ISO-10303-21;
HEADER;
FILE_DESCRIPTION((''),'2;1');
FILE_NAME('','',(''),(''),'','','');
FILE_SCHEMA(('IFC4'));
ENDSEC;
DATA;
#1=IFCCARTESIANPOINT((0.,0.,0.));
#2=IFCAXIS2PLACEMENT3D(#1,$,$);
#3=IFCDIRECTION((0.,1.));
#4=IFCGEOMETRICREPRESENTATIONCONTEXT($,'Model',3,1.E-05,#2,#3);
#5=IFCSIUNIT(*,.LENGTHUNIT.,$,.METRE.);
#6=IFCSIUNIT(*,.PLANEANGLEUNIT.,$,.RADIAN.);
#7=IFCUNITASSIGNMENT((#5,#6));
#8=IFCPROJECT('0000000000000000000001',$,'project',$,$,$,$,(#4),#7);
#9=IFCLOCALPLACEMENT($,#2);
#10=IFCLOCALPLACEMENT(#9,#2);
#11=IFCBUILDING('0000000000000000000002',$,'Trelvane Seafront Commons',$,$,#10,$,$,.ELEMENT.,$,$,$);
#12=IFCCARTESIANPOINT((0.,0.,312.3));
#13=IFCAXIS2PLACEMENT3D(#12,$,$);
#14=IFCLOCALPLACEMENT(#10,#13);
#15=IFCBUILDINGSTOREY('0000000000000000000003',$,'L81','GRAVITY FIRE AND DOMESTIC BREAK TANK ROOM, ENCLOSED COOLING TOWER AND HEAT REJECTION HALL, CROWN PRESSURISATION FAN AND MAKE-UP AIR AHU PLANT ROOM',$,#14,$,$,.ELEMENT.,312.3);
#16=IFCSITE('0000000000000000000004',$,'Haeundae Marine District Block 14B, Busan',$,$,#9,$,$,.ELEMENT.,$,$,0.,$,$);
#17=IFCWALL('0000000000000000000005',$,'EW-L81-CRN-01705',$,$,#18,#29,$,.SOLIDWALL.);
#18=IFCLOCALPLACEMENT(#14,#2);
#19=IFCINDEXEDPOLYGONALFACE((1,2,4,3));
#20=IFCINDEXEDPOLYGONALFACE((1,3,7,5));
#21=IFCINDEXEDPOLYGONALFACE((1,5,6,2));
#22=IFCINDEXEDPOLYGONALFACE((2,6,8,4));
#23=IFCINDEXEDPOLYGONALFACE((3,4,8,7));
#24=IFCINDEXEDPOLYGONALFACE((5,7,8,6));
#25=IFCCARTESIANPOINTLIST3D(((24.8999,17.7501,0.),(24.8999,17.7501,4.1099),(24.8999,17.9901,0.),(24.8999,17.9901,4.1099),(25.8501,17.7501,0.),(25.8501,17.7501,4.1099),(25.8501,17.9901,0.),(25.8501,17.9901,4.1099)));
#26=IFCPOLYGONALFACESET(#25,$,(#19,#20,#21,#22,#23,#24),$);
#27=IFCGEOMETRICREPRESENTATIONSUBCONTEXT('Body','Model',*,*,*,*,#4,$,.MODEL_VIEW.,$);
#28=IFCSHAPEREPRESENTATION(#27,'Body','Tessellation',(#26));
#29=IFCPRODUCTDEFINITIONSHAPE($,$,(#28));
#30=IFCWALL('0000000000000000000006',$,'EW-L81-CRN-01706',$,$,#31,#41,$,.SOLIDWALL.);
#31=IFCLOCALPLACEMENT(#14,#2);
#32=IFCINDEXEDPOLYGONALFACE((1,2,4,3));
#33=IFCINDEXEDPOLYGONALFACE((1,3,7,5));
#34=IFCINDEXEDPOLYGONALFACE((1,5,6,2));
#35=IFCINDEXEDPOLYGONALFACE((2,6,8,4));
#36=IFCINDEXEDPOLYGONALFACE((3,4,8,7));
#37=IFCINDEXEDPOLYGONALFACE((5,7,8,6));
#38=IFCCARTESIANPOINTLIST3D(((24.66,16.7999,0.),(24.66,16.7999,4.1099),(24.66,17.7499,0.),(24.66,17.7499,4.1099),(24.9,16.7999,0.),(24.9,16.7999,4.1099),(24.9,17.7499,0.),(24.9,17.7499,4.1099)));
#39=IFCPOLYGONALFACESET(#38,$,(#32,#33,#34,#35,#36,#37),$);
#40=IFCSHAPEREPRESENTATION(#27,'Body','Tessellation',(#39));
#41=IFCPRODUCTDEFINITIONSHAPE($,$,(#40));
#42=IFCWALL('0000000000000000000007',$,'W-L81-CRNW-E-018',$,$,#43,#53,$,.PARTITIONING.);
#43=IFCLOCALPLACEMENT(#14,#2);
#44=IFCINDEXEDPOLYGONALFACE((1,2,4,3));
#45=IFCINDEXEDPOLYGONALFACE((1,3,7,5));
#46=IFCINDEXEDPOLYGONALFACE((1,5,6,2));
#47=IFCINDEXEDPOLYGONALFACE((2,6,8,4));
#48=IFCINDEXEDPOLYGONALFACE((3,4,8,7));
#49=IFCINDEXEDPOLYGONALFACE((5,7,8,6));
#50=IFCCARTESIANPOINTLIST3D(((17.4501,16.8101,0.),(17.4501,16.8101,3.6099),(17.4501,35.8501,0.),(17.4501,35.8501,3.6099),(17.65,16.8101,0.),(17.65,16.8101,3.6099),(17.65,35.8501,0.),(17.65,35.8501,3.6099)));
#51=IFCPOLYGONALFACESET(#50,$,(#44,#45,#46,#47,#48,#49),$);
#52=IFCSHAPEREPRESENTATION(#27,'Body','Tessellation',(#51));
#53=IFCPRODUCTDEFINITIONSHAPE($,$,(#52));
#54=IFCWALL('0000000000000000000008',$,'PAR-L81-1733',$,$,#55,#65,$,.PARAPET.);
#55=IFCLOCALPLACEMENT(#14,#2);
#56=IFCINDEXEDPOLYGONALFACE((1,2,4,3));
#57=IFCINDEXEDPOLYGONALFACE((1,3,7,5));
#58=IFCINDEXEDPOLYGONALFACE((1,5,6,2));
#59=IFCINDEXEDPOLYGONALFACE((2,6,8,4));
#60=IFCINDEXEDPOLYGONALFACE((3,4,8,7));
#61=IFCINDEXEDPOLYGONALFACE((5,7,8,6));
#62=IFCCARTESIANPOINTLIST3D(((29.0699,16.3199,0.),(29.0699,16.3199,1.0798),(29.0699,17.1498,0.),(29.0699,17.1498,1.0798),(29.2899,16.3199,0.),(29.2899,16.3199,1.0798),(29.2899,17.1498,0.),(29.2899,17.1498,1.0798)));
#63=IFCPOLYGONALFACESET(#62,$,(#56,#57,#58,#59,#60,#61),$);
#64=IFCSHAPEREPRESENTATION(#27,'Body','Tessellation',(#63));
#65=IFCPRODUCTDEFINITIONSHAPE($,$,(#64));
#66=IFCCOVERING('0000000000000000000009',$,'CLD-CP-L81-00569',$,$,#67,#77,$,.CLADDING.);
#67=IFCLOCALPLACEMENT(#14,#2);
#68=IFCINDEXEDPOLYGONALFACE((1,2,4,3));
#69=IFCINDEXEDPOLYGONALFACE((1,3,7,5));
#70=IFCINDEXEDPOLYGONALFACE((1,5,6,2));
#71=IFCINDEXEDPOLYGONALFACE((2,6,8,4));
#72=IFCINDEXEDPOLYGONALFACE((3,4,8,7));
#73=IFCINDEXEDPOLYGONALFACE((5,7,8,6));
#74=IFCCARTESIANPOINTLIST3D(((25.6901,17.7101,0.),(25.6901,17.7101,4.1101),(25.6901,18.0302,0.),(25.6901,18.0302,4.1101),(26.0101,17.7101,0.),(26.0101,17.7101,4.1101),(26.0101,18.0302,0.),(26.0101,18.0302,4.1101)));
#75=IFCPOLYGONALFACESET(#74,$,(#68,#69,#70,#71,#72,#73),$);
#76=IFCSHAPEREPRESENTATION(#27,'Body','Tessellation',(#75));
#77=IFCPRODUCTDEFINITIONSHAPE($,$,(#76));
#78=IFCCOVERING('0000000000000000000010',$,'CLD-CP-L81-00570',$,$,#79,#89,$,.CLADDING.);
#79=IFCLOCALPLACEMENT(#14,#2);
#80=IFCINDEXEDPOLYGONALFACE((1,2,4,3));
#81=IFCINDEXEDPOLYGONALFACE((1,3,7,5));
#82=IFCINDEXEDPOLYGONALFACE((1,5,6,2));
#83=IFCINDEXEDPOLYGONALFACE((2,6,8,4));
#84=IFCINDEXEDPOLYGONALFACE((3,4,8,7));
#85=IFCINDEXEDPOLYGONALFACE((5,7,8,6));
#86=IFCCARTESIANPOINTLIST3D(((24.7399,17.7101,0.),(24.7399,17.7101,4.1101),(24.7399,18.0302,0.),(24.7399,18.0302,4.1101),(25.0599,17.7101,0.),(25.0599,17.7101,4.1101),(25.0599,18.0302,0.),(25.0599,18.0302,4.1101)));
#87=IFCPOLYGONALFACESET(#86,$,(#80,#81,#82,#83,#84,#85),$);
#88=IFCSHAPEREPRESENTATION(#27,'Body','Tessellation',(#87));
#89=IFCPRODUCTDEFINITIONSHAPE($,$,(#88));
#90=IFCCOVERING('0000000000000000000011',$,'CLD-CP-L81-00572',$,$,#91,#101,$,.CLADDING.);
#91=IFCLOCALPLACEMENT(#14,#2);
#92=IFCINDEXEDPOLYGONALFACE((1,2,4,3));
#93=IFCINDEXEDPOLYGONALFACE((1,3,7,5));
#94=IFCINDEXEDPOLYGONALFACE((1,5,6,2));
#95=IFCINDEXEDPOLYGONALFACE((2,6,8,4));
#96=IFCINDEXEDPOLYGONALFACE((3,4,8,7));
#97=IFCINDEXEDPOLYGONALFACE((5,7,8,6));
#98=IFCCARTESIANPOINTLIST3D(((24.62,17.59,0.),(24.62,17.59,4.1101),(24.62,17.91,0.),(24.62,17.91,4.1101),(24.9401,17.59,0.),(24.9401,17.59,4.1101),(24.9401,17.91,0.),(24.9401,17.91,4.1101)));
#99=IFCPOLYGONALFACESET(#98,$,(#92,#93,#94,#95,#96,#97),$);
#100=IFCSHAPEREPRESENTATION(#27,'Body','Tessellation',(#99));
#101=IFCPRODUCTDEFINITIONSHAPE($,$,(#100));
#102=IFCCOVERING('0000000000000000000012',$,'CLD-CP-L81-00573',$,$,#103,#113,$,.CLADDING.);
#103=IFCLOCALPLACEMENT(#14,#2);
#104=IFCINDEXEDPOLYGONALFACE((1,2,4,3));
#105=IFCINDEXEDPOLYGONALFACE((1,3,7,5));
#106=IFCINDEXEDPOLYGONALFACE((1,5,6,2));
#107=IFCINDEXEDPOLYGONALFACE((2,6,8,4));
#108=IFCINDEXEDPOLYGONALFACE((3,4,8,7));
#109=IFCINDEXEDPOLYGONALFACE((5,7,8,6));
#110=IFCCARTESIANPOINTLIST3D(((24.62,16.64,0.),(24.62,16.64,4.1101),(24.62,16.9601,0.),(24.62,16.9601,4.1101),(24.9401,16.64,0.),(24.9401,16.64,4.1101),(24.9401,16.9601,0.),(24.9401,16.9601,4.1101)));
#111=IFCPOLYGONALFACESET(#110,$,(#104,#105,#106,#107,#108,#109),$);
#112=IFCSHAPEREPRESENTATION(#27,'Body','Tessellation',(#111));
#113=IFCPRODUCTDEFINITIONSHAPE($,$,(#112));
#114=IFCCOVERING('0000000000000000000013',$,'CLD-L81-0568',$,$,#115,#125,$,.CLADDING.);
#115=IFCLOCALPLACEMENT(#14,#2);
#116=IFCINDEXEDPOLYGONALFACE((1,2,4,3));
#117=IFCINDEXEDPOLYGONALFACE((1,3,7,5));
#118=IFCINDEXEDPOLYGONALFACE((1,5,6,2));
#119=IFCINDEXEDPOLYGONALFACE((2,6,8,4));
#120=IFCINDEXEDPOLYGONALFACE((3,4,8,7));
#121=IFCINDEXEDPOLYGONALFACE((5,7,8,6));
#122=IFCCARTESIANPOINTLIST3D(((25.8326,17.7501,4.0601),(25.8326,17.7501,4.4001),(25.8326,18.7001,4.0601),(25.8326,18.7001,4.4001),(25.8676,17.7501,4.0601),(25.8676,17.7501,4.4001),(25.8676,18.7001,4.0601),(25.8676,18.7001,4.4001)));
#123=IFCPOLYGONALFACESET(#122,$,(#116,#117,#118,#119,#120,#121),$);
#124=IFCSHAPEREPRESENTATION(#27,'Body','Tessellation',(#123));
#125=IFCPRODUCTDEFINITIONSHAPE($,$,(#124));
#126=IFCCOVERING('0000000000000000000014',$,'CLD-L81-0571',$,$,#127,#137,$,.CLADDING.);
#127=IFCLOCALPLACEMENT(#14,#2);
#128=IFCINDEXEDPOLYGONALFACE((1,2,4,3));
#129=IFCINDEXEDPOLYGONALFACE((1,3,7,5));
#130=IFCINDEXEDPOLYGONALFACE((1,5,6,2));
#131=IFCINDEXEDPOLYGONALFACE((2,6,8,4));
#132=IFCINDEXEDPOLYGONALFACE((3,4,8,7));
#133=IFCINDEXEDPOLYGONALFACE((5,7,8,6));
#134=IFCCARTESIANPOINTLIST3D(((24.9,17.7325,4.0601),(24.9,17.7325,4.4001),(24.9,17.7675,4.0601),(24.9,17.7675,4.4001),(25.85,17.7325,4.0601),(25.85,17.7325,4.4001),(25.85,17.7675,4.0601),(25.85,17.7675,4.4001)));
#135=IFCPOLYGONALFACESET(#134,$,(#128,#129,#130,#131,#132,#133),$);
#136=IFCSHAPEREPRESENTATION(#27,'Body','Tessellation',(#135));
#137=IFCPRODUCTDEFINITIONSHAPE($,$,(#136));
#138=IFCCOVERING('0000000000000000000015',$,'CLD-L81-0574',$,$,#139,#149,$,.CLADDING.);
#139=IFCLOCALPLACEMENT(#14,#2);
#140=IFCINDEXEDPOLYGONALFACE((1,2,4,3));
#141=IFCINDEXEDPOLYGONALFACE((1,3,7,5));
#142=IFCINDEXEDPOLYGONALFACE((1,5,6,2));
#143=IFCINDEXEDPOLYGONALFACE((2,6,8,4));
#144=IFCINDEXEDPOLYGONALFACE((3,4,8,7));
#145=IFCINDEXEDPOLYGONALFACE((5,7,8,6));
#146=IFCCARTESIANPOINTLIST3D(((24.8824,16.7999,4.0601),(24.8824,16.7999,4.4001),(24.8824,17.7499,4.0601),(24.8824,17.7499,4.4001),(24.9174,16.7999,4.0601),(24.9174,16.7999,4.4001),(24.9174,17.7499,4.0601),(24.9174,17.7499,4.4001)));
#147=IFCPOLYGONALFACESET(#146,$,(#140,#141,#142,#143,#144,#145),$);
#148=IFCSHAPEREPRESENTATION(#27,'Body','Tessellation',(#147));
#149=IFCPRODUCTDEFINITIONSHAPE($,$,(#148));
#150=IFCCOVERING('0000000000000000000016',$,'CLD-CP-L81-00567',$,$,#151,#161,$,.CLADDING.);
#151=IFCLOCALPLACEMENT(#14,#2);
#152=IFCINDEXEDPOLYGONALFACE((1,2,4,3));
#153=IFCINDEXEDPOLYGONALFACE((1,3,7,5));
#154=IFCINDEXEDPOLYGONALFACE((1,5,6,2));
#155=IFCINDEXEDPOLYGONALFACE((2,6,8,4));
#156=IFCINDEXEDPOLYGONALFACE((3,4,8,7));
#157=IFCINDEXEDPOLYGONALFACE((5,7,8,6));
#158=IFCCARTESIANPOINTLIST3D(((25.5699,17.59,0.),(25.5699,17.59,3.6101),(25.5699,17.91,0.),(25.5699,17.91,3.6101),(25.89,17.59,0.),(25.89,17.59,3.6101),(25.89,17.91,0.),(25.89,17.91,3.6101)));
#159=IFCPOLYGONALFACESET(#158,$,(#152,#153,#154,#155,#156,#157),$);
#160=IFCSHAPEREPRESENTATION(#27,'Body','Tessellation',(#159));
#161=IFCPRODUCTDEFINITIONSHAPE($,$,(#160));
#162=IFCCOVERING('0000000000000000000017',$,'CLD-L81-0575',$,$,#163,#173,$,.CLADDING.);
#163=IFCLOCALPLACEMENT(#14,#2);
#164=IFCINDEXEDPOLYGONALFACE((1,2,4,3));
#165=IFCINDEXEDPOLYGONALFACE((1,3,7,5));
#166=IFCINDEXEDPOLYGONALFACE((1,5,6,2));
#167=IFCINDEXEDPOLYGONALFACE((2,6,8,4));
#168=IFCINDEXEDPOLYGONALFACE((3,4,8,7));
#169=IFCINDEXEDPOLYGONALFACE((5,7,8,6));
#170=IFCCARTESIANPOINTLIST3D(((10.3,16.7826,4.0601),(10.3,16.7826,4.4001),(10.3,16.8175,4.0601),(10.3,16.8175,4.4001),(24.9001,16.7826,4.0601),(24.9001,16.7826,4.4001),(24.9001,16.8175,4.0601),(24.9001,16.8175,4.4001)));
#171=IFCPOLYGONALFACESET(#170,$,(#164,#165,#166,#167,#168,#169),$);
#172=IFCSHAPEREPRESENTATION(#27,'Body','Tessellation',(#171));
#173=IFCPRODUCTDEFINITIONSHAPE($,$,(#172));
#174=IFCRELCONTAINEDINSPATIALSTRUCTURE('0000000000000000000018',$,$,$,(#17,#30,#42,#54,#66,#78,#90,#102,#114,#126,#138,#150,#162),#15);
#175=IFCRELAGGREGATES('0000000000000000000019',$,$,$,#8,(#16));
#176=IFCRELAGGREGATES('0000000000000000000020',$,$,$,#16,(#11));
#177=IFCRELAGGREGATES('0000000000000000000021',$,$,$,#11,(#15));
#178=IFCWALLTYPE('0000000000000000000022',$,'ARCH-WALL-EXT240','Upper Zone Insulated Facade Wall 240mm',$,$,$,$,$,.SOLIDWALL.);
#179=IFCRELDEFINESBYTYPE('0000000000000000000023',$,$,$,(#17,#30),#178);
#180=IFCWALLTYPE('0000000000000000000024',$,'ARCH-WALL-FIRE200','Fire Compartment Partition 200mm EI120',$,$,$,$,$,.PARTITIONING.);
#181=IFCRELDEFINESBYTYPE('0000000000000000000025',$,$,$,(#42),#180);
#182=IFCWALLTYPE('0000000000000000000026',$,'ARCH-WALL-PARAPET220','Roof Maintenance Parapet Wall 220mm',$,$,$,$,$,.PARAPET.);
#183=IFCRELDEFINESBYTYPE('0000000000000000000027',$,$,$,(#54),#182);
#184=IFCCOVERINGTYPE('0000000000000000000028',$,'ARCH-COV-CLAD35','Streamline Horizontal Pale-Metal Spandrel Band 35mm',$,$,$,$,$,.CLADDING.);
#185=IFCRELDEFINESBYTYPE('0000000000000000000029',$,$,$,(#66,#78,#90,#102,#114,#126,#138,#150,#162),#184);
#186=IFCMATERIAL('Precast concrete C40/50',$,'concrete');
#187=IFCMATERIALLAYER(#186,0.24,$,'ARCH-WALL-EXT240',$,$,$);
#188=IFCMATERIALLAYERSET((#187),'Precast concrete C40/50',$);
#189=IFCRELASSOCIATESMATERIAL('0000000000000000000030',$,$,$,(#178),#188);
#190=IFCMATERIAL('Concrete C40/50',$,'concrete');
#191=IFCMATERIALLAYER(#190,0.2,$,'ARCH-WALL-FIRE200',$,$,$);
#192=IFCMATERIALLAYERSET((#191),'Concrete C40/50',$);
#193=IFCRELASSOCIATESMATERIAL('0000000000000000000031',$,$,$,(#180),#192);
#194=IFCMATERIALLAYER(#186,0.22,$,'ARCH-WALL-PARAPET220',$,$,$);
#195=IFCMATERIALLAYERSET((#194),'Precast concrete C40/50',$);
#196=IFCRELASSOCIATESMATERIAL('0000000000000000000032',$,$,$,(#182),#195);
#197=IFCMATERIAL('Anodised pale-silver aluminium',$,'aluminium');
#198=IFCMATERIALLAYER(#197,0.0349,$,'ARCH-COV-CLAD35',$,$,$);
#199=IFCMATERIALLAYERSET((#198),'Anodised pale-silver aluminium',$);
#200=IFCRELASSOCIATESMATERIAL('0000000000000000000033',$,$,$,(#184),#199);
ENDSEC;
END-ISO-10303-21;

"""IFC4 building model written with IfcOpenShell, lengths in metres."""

from ifc_helpers import new_model, si_unit, direction, frame, frame_2d, origin, origin_2d, place, context, subcontext, project, spatial, rectangle, extrude, source, transform, mapped, material, layer, layer_set, type_object, element, save


model = new_model("IFC4")

# Units and contexts
model_context = context("Model", 3, precision=1e-05, world=origin(), true_north=direction((0.0, 1.0)))
body_context = subcontext(model_context, "Body", "Model", "MODEL_VIEW")
ifc_project = project(units=[si_unit("LENGTHUNIT", "METRE"), si_unit("PLANEANGLEUNIT", "RADIAN")], contexts=[model_context])

# Site, building, storey
site_placement = place(None, origin())
site = spatial("IfcSite", under=ifc_project, at=site_placement, Name="Haeundae Marine District Block 14B, Busan", CompositionType="ELEMENT", RefElevation=0.0)
building_placement = place(site_placement, origin())
building = spatial("IfcBuilding", under=site, at=building_placement, Name="Trelvane Seafront Commons", CompositionType="ELEMENT")
storey_placement = place(building_placement, frame((0.0, 0.0, 312.3)))
storey = spatial("IfcBuildingStorey", under=building, at=storey_placement, Name="L81", Description="GRAVITY FIRE AND DOMESTIC BREAK TANK ROOM, ENCLOSED COOLING TOWER AND HEAT REJECTION HALL, CROWN PRESSURISATION FAN AND MAKE-UP AIR AHU PLANT ROOM", CompositionType="ELEMENT", Elevation=312.3)

# Shared definitions
ifc_material_1 = material(Name="Anodised pale-silver aluminium", Category="aluminium")

# Walls
ifc_material_2 = material(Name="Precast concrete C40/50", Category="concrete")
ifc_layer_1 = layer(ifc_material_2, 0.24, Name="ARCH-WALL-EXT240")
ifc_layer_set_1 = layer_set([ifc_layer_1], Name="Precast concrete C40/50")
wall_type_1 = type_object("IfcWallType", Name="ARCH-WALL-EXT240", Description="Upper Zone Insulated Facade Wall 240mm", PredefinedType="SOLIDWALL", material=ifc_layer_set_1)
wall_1_placement = place(storey_placement, frame((25.8501, 17.8701, 0.0), z_axis=(0.0, 0.0, 1.0), x_axis=(-1.0, 0.0, 0.0)))
element("IfcWall", 1, at=wall_1_placement, inside=storey, type_object=wall_type_1, Name="EW-L81-CRN-01705", PredefinedType="SOLIDWALL", context=body_context, shape_type="SweptSolid", body=[
    extrude(rectangle(XDim=0.9502, YDim=0.24, at=frame_2d((0.4751, 0.0))), origin(), (0.0, 0.0, 1.0), 4.1099),
])
wall_2_placement = place(storey_placement, frame((24.78, 17.75, 0.0), z_axis=(0.0, 0.0, 1.0), x_axis=(0.0, -1.0, 0.0)))
element("IfcWall", 2, at=wall_2_placement, inside=storey, type_object=wall_type_1, Name="EW-L81-CRN-01706", PredefinedType="SOLIDWALL", context=body_context, shape_type="SweptSolid", body=[
    extrude(rectangle(XDim=0.95, YDim=0.24, at=frame_2d((0.4751, 0.0))), origin(), (0.0, 0.0, 1.0), 4.1099),
])
ifc_material_3 = material(Name="Concrete C40/50", Category="concrete")
ifc_layer_2 = layer(ifc_material_3, 0.2, Name="ARCH-WALL-FIRE200")
ifc_layer_set_2 = layer_set([ifc_layer_2], Name="Concrete C40/50")
wall_type_2 = type_object("IfcWallType", Name="ARCH-WALL-FIRE200", Description="Fire Compartment Partition 200mm EI120", PredefinedType="PARTITIONING", material=ifc_layer_set_2)
wall_3_placement = place(storey_placement, frame((17.55, 16.8101, 0.0), z_axis=(0.0, 0.0, 1.0), x_axis=(0.0, 1.0, 0.0)))
element("IfcWall", 3, at=wall_3_placement, inside=storey, type_object=wall_type_2, Name="W-L81-CRNW-E-018", PredefinedType="PARTITIONING", context=body_context, shape_type="SweptSolid", body=[
    extrude(rectangle(XDim=19.04, YDim=0.2, at=frame_2d((9.52, 0.0))), origin(), (0.0, 0.0, 1.0), 3.6099),
])
ifc_layer_3 = layer(ifc_material_2, 0.22, Name="ARCH-WALL-PARAPET220")
ifc_layer_set_3 = layer_set([ifc_layer_3], Name="Precast concrete C40/50")
wall_type_3 = type_object("IfcWallType", Name="ARCH-WALL-PARAPET220", Description="Roof Maintenance Parapet Wall 220mm", PredefinedType="PARAPET", material=ifc_layer_set_3)
wall_4_placement = place(storey_placement, frame((29.1799, 17.1499, 0.0), z_axis=(0.0, 0.0, 1.0), x_axis=(0.0, -1.0, 0.0)))
element("IfcWall", 4, at=wall_4_placement, inside=storey, type_object=wall_type_3, Name="PAR-L81-1733", PredefinedType="PARAPET", context=body_context, shape_type="SweptSolid", body=[
    extrude(rectangle(XDim=0.8298, YDim=0.22, at=frame_2d((0.415, 0.0))), origin(), (0.0, 0.0, 1.0), 1.0798),
])

# Coverings
ifc_layer_4 = layer(ifc_material_1, 0.0349, Name="ARCH-COV-CLAD35")
ifc_layer_set_4 = layer_set([ifc_layer_4], Name="Anodised pale-silver aluminium")
covering_type = type_object("IfcCoveringType", Name="ARCH-COV-CLAD35", Description="Streamline Horizontal Pale-Metal Spandrel Band 35mm", PredefinedType="CLADDING", material=ifc_layer_set_4)
shared_shape_1 = source(origin(), body_context, "Body", "SweptSolid", [
    extrude(rectangle(XDim=0.3201, YDim=0.3201, at=origin_2d()), origin(), (0.0, 0.0, 1.0), 4.1101),
])
for number, where, z_axis, x_axis, name in (
    (5, (25.8501, 17.8701, 0.0), (0.0, 0.0, 1.0), (1.0, 0.0, 0.0), "CLD-CP-L81-00569"),
    (6, (24.8999, 17.8701, 0.0), (0.0, 0.0, 1.0), (1.0, 0.0, 0.0), "CLD-CP-L81-00570"),
    (7, (24.78, 17.75, 0.0), (0.0, 0.0, 1.0), (1.0, 0.0, 0.0), "CLD-CP-L81-00572"),
    (8, (24.78, 16.8, 0.0), (0.0, 0.0, 1.0), (1.0, 0.0, 0.0), "CLD-CP-L81-00573"),
):
    element("IfcCovering", number, at=place(storey_placement, frame(where, z_axis=z_axis, x_axis=x_axis)), inside=storey, type_object=covering_type, Name=name, PredefinedType="CLADDING", context=body_context, shape_type="MappedRepresentation", body=[
        mapped(shared_shape_1, transform((0.0, 0.0, 0.0), x_axis=(1.0, 0.0, 0.0), y_axis=(0.0, 1.0, 0.0), z_axis=(0.0, 0.0, 1.0), scale=1.0)),
    ])
shared_shape_2 = source(origin(), body_context, "Body", "SweptSolid", [
    extrude(rectangle(XDim=0.95, YDim=0.0349, at=origin_2d()), origin(), (0.0, 0.0, 1.0), 0.3401),
])
for number, where, z_axis, x_axis, name in (
    (9, (25.8501, 18.2251, 4.0601), (0.0, 0.0, 1.0), (0.0, -1.0, 0.0), "CLD-L81-0568"),
    (10, (25.375, 17.75, 4.0601), (0.0, 0.0, 1.0), (-1.0, 0.0, 0.0), "CLD-L81-0571"),
    (11, (24.8999, 17.2749, 4.0601), (0.0, 0.0, 1.0), (0.0, -1.0, 0.0), "CLD-L81-0574"),
):
    element("IfcCovering", number, at=place(storey_placement, frame(where, z_axis=z_axis, x_axis=x_axis)), inside=storey, type_object=covering_type, Name=name, PredefinedType="CLADDING", context=body_context, shape_type="MappedRepresentation", body=[
        mapped(shared_shape_2, transform((0.0, 0.0, 0.0), x_axis=(1.0, 0.0, 0.0), y_axis=(0.0, 1.0, 0.0), z_axis=(0.0, 0.0, 1.0), scale=1.0)),
    ])
shared_shape_3 = source(origin(), body_context, "Body", "SweptSolid", [
    extrude(rectangle(XDim=0.3201, YDim=0.3201, at=origin_2d()), origin(), (0.0, 0.0, 1.0), 3.6101),
])
covering_1_placement = place(storey_placement, frame((25.73, 17.75, 0.0), z_axis=(0.0, 0.0, 1.0), x_axis=(1.0, 0.0, 0.0)))
element("IfcCovering", 12, at=covering_1_placement, inside=storey, type_object=covering_type, Name="CLD-CP-L81-00567", PredefinedType="CLADDING", context=body_context, shape_type="MappedRepresentation", body=[
    mapped(shared_shape_3, transform((0.0, 0.0, 0.0), x_axis=(1.0, 0.0, 0.0), y_axis=(0.0, 1.0, 0.0), z_axis=(0.0, 0.0, 1.0), scale=1.0)),
])
shared_shape_4 = source(origin(), body_context, "Body", "SweptSolid", [
    extrude(rectangle(XDim=14.6001, YDim=0.0349, at=origin_2d()), origin(), (0.0, 0.0, 1.0), 0.3401),
])
covering_2_placement = place(storey_placement, frame((17.6001, 16.8, 4.0601), z_axis=(0.0, 0.0, 1.0), x_axis=(-1.0, 0.0, 0.0)))
element("IfcCovering", 13, at=covering_2_placement, inside=storey, type_object=covering_type, Name="CLD-L81-0575", PredefinedType="CLADDING", context=body_context, shape_type="MappedRepresentation", body=[
    mapped(shared_shape_4, transform((0.0, 0.0, 0.0), x_axis=(1.0, 0.0, 0.0), y_axis=(0.0, 1.0, 0.0), z_axis=(0.0, 0.0, 1.0), scale=1.0)),
])

save(model, "model.ifc")
